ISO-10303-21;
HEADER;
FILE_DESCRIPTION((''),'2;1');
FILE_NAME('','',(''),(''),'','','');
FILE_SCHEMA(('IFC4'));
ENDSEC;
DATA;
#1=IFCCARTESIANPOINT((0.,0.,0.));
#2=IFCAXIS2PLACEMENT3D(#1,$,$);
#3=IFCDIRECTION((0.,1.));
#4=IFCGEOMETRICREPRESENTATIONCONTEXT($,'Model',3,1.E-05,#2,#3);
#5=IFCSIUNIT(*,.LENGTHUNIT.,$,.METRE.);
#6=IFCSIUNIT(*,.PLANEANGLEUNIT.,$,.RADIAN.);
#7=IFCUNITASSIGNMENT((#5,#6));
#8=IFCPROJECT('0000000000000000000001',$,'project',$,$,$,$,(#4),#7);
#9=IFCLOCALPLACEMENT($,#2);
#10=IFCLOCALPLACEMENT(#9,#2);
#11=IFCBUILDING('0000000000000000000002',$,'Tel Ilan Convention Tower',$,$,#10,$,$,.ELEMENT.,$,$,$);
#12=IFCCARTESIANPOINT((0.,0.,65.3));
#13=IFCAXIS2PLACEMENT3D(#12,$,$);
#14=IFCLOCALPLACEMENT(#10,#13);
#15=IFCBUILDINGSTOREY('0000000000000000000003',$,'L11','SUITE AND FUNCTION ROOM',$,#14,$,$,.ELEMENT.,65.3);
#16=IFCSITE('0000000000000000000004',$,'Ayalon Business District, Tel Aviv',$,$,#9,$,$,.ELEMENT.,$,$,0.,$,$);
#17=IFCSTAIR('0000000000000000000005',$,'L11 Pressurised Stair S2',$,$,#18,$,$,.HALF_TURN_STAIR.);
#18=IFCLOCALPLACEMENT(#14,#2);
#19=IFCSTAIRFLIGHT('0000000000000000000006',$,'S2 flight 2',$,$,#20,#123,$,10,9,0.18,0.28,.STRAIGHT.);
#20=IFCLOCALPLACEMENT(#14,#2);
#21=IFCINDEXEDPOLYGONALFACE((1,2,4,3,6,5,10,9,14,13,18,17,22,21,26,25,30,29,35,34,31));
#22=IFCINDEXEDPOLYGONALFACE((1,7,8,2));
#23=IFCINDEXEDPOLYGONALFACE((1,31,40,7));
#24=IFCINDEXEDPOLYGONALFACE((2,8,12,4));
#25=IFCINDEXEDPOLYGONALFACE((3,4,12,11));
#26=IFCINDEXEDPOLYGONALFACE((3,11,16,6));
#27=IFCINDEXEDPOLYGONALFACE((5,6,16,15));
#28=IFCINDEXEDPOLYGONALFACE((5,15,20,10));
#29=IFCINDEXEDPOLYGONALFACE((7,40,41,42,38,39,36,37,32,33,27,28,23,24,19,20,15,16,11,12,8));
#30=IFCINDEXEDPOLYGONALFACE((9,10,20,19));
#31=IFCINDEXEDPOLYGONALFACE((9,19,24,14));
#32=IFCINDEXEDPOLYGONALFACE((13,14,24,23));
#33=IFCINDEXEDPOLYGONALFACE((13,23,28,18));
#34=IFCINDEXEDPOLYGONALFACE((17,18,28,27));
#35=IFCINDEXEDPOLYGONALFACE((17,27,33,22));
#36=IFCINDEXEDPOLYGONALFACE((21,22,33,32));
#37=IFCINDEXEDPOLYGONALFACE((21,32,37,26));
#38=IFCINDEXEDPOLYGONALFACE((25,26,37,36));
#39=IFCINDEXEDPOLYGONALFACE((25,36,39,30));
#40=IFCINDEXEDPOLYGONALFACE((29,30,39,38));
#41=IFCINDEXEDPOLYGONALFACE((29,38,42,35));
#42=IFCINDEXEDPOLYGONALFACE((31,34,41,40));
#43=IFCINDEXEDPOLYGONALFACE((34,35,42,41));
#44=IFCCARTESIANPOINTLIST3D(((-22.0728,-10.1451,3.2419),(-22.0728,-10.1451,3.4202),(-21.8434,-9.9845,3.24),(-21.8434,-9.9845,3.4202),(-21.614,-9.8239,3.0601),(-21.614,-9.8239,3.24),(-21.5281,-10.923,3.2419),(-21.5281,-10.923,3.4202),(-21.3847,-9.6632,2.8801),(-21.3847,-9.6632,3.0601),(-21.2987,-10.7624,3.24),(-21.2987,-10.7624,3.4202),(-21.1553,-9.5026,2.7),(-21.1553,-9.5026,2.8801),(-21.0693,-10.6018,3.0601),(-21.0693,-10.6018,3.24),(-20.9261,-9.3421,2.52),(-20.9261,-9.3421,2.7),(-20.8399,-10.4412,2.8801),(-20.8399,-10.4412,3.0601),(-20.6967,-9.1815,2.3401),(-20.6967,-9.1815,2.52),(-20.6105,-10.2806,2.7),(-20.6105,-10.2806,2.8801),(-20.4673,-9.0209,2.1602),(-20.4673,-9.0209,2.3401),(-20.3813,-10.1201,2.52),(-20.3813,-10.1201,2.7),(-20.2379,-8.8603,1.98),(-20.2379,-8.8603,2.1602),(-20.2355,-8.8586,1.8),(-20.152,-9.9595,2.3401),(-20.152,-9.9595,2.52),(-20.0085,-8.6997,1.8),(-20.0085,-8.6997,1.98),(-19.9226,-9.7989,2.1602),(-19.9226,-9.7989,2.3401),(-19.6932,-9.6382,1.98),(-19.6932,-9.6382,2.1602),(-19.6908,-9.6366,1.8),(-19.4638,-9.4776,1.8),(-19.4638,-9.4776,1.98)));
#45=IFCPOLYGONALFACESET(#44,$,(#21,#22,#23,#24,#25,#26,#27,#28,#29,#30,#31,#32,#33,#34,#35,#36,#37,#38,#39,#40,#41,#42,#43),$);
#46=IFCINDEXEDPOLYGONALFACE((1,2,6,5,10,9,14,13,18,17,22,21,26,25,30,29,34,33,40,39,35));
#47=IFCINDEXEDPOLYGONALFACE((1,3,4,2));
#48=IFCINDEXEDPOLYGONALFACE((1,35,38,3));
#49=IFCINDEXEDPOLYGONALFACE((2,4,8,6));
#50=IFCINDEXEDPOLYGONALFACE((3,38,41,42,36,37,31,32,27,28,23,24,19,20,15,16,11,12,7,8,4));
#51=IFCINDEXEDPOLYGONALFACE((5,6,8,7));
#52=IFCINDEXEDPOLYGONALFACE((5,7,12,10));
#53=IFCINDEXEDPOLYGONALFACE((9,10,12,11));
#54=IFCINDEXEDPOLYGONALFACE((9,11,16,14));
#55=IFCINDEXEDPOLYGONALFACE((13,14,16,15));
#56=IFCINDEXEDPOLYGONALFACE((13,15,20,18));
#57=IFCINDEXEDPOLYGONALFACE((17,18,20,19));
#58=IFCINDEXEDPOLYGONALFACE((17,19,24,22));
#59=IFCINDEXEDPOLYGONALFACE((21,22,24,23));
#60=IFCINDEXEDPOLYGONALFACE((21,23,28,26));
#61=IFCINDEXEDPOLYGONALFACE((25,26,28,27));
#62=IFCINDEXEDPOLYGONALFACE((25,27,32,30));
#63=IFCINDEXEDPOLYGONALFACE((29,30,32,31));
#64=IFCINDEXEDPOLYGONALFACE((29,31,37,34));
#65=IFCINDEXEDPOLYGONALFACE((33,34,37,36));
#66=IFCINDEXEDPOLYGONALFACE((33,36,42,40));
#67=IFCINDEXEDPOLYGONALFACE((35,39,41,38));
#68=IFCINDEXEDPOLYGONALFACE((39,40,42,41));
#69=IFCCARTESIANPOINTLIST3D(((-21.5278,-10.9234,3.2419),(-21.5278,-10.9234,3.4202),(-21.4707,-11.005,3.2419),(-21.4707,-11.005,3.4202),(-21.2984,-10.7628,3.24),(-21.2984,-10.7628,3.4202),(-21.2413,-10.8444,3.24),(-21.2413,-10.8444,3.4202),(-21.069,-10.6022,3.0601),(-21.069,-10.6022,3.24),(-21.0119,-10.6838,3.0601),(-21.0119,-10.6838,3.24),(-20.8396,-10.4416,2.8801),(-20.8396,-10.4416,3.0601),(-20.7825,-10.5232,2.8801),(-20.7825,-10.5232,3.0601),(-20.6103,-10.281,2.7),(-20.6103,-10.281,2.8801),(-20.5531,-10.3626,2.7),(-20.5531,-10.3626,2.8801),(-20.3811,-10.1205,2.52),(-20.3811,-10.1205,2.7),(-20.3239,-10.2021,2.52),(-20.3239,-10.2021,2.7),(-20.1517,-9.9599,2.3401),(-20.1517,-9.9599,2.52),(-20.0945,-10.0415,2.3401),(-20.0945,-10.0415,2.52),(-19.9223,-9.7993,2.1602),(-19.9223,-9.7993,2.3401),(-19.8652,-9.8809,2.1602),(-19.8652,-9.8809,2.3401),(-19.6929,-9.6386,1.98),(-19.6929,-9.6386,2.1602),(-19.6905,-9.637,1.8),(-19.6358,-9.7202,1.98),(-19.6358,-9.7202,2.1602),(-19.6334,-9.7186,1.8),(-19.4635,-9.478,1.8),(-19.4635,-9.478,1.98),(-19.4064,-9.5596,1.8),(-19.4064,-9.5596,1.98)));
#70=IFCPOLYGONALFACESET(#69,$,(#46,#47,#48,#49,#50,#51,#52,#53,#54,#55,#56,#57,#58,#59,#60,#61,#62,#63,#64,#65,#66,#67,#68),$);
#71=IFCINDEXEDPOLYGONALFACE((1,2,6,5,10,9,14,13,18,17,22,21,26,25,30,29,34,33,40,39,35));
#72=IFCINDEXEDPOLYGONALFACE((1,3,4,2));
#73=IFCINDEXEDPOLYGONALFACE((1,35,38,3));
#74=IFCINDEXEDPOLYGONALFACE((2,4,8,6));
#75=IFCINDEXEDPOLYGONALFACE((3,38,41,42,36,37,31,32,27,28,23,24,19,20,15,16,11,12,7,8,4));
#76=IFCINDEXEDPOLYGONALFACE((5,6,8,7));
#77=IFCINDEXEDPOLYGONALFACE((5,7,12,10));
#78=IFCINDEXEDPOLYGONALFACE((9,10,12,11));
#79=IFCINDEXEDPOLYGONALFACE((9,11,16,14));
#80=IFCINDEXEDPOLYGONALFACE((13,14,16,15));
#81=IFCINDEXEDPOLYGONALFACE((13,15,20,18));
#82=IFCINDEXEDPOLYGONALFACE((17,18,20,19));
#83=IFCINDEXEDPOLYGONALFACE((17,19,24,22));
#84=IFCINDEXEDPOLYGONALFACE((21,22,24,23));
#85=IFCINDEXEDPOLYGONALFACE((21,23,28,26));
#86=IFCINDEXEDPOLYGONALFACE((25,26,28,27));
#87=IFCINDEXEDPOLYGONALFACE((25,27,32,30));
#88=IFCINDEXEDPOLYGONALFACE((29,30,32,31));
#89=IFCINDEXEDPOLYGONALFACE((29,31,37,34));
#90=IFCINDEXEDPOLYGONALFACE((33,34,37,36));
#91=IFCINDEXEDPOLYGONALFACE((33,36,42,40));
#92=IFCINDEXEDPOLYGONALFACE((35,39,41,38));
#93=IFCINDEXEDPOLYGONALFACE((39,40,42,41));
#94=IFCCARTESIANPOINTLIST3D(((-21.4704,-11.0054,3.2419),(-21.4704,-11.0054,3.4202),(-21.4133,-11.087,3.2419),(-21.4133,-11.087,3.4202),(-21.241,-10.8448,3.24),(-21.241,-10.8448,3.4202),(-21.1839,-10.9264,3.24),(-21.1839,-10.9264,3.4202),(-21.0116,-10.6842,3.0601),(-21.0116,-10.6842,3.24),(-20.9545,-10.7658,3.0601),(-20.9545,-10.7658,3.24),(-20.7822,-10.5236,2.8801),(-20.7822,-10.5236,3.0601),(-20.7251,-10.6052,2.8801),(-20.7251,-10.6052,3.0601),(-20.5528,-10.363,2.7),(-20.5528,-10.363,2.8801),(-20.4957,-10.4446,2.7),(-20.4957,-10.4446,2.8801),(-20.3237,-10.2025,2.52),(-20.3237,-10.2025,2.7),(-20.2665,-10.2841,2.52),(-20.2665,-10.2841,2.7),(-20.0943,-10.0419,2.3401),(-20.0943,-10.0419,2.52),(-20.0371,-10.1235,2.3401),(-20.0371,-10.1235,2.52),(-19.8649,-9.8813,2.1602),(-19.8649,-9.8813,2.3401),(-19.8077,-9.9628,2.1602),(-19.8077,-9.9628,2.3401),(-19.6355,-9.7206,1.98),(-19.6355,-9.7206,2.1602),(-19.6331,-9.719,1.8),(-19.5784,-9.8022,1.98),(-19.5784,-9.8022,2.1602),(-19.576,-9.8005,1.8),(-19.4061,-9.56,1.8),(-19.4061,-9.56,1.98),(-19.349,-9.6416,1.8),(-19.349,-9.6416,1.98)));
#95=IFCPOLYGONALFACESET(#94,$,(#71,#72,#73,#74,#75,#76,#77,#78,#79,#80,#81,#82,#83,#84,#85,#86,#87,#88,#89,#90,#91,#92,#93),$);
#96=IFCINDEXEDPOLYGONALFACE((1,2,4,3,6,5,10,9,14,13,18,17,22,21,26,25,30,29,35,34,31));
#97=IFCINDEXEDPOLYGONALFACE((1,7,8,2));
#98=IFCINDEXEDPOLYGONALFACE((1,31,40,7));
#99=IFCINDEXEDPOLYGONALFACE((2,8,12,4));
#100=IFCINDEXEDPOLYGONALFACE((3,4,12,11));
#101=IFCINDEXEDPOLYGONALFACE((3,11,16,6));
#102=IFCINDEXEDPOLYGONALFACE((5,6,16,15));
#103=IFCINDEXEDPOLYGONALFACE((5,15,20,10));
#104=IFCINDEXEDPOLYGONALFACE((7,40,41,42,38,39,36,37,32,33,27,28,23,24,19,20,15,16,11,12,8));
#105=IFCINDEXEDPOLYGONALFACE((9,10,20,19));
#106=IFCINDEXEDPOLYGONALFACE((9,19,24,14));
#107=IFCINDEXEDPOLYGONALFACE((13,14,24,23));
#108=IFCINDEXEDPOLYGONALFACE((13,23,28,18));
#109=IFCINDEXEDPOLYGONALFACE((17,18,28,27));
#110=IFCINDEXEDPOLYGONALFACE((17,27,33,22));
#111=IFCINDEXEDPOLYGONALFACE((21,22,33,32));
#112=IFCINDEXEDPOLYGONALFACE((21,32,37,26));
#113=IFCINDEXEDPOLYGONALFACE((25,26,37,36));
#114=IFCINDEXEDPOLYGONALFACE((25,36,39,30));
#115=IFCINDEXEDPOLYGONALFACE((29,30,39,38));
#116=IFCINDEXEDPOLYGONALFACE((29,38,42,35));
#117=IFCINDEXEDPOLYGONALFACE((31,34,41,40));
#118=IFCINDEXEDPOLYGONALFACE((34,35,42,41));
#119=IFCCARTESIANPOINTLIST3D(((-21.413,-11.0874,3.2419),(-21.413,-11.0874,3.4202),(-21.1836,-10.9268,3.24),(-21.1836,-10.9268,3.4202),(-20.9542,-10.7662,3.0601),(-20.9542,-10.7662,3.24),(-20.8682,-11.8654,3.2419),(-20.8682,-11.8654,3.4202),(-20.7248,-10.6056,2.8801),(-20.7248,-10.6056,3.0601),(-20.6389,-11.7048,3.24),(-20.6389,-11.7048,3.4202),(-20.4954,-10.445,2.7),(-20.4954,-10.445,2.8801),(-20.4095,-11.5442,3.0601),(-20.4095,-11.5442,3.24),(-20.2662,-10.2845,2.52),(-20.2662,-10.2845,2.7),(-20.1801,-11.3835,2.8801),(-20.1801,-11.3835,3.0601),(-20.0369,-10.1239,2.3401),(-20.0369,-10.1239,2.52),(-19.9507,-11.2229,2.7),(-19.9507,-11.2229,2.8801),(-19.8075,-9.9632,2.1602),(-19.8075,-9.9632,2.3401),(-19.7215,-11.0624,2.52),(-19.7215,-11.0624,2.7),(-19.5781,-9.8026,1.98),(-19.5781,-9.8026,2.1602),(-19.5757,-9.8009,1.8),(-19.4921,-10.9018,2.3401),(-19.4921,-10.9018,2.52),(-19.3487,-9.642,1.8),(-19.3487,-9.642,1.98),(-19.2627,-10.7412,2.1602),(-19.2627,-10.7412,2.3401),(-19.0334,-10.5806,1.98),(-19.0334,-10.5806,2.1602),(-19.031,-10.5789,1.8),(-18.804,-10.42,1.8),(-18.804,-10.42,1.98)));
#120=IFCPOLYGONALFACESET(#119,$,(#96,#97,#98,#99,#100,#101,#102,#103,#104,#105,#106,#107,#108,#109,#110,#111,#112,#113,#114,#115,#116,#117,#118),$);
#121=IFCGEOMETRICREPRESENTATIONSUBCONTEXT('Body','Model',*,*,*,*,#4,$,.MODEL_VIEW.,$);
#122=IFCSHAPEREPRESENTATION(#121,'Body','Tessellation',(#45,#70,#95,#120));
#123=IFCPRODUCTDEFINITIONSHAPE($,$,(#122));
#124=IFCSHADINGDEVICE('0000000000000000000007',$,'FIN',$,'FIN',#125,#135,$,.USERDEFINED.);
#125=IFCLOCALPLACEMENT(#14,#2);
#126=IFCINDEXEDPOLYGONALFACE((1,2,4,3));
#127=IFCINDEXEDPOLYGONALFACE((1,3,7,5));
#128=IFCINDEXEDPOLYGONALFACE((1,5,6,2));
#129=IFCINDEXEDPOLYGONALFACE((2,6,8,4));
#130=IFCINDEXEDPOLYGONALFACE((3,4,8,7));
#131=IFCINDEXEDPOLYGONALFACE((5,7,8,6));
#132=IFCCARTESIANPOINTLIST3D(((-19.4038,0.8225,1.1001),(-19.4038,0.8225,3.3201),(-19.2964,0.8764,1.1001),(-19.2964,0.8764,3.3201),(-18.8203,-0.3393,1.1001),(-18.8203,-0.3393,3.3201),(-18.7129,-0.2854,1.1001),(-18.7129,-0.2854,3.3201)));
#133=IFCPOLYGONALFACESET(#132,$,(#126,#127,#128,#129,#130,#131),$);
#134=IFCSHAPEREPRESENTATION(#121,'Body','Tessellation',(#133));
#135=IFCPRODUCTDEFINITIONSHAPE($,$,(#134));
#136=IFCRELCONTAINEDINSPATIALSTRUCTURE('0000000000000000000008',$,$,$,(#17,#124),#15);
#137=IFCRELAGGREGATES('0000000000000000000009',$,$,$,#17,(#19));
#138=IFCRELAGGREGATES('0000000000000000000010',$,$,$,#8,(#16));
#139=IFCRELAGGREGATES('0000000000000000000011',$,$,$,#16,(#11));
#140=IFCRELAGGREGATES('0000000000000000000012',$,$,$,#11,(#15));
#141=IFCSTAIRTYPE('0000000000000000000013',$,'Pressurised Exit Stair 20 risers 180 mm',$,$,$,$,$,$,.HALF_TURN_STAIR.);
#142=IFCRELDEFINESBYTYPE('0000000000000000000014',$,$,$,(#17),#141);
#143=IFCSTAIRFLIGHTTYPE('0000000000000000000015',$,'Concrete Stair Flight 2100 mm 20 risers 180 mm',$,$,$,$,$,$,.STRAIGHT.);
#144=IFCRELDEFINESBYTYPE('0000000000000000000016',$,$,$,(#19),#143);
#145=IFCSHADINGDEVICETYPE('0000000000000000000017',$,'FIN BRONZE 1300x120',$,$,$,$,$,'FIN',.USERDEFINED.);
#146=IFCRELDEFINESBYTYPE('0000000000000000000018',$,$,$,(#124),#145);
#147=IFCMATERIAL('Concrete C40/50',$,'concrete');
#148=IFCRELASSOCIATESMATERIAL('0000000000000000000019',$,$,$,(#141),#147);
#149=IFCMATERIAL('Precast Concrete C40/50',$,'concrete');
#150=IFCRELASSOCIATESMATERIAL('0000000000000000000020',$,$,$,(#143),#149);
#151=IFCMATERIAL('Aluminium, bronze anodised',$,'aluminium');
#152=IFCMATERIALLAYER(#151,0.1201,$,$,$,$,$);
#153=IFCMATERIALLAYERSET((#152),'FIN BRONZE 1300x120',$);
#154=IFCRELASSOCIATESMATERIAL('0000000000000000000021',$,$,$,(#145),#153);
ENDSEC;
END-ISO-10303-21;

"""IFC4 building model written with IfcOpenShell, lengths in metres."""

from ifc_helpers import new_model, si_unit, direction, frame, origin, origin_2d, place, context, subcontext, project, spatial, polyline, rectangle, outline, extrude, material, layer, layer_set, type_object, element, aggregate, save


model = new_model("IFC4")

# Units and contexts
model_context = context("Model", 3, precision=1e-05, world=origin(), true_north=direction((0.0, 1.0)))
body_context = subcontext(model_context, "Body", "Model", "MODEL_VIEW")
ifc_project = project(units=[si_unit("LENGTHUNIT", "METRE"), si_unit("PLANEANGLEUNIT", "RADIAN")], contexts=[model_context])

# Site, building, storey
site_placement = place(None, origin())
site = spatial("IfcSite", under=ifc_project, at=site_placement, Name="Ayalon Business District, Tel Aviv", CompositionType="ELEMENT", RefElevation=0.0)
building_placement = place(site_placement, origin())
building = spatial("IfcBuilding", under=site, at=building_placement, Name="Tel Ilan Convention Tower", CompositionType="ELEMENT")
storey_placement = place(building_placement, frame((0.0, 0.0, 65.3)))
storey = spatial("IfcBuildingStorey", under=building, at=storey_placement, Name="L11", Description="SUITE AND FUNCTION ROOM", CompositionType="ELEMENT", Elevation=65.3)

# Stair, stair flight
ifc_material_1 = material(Name="Concrete C40/50", Category="concrete")
stair_type = type_object("IfcStairType", Name="Pressurised Exit Stair 20 risers 180 mm", PredefinedType="HALF_TURN_STAIR", material=ifc_material_1)
ifc_material_2 = material(Name="Precast Concrete C40/50", Category="concrete")
stair_flight_type = type_object("IfcStairFlightType", Name="Concrete Stair Flight 2100 mm 20 risers 180 mm", PredefinedType="STRAIGHT", material=ifc_material_2)
stair_1_placement = place(storey_placement, origin())
stair_1 = element("IfcStair", 1, at=stair_1_placement, inside=storey, type_object=stair_type, Name="L11 Pressurised Stair S2", PredefinedType="HALF_TURN_STAIR")
stair_flight_1_placement = place(storey_placement, frame((-19.4062, -9.5598, 1.8), z_axis=(0.0, 0.0, 1.0), x_axis=(-0.819152, -0.573576, 0.0)))
stair_flight_1 = element("IfcStairFlight", 2, at=stair_flight_1_placement, type_object=stair_flight_type, Name="S2 flight 2", NumberOfRisers=10, NumberOfTreads=9, PredefinedType="STRAIGHT", RiserHeight=0.18, TreadLength=0.28, context=body_context, shape_type="SweptSolid", body=[
    extrude(outline(polyline([(0.0, 0.0), (0.0, 0.1799), (0.28, 0.1799), (0.28, 0.3601), (0.5601, 0.3601), (0.5601, 0.54), (0.8401, 0.54), (0.8401, 0.72), (1.1201, 0.72), (1.1201, 0.8999), (1.3999, 0.8999), (1.3999, 1.0801), (1.6799, 1.0801), (1.6799, 1.26), (1.96, 1.26), (1.96, 1.4399), (2.24, 1.4399), (2.24, 1.6201), (2.52, 1.6201), (2.52, 1.8), (2.52, 1.4419), (0.2771, 0.0), (0.0, 0.0)])), frame((0.0, -0.1003, 0.0), z_axis=(0.0, -1.0, 0.0), x_axis=(1.0, 0.0, 0.0)), (0.0, 0.0, 1.0), 0.9497),
    extrude(outline(polyline([(0.0, 0.0), (0.0, 0.1799), (0.28, 0.1799), (0.28, 0.3601), (0.5601, 0.3601), (0.5601, 0.54), (0.8401, 0.54), (0.8401, 0.72), (1.1201, 0.72), (1.1201, 0.8999), (1.3999, 0.8999), (1.3999, 1.0801), (1.6799, 1.0801), (1.6799, 1.26), (1.96, 1.26), (1.96, 1.4399), (2.24, 1.4399), (2.24, 1.6201), (2.52, 1.6201), (2.52, 1.8), (2.52, 1.4419), (0.2771, 0.0), (0.0, 0.0)])), frame((0.0, -0.0002, 0.0), z_axis=(0.0, -1.0, 0.0), x_axis=(1.0, 0.0, 0.0)), (0.0, 0.0, 1.0), 0.0996),
    extrude(outline(polyline([(0.0, 0.0), (0.0, 0.1799), (0.28, 0.1799), (0.28, 0.3601), (0.5601, 0.3601), (0.5601, 0.54), (0.8401, 0.54), (0.8401, 0.72), (1.1201, 0.72), (1.1201, 0.8999), (1.3999, 0.8999), (1.3999, 1.0801), (1.6799, 1.0801), (1.6799, 1.26), (1.96, 1.26), (1.96, 1.4399), (2.24, 1.4399), (2.24, 1.6201), (2.52, 1.6201), (2.52, 1.8), (2.52, 1.4419), (0.2771, 0.0), (0.0, 0.0)])), frame((0.0, 0.0999, 0.0), z_axis=(0.0, -1.0, 0.0), x_axis=(1.0, 0.0, 0.0)), (0.0, 0.0, 1.0), 0.0996),
    extrude(outline(polyline([(0.0, 0.0), (0.0, 0.1799), (0.28, 0.1799), (0.28, 0.3601), (0.5601, 0.3601), (0.5601, 0.54), (0.8401, 0.54), (0.8401, 0.72), (1.1201, 0.72), (1.1201, 0.8999), (1.3999, 0.8999), (1.3999, 1.0801), (1.6799, 1.0801), (1.6799, 1.26), (1.96, 1.26), (1.96, 1.4399), (2.24, 1.4399), (2.24, 1.6201), (2.52, 1.6201), (2.52, 1.8), (2.52, 1.4419), (0.2771, 0.0), (0.0, 0.0)])), frame((0.0, 1.05, 0.0), z_axis=(0.0, -1.0, 0.0), x_axis=(1.0, 0.0, 0.0)), (0.0, 0.0, 1.0), 0.9497),
])
aggregate(stair_1, [stair_flight_1])

# Shading device
ifc_material_3 = material(Name="Aluminium, bronze anodised", Category="aluminium")
ifc_layer_1 = layer(ifc_material_3, 0.1201)
ifc_layer_set_1 = layer_set([ifc_layer_1], Name="FIN BRONZE 1300x120")
shading_device_type = type_object("IfcShadingDeviceType", Name="FIN BRONZE 1300x120", ElementType="FIN", PredefinedType="USERDEFINED", material=ifc_layer_set_1)
shading_device_placement = place(storey_placement, frame((-19.0583, 0.2686, 1.1001), z_axis=(0.0, 0.0, 1.0), x_axis=(-0.448799, 0.893633, 0.0)))
element("IfcShadingDevice", 3, at=shading_device_placement, inside=storey, type_object=shading_device_type, Name="FIN", ObjectType="FIN", PredefinedType="USERDEFINED", context=body_context, shape_type="SweptSolid", body=[
    extrude(rectangle(XDim=1.3, YDim=0.1201, at=origin_2d()), origin(), (0.0, 0.0, 1.0), 2.22),
])

save(model, "model.ifc")
